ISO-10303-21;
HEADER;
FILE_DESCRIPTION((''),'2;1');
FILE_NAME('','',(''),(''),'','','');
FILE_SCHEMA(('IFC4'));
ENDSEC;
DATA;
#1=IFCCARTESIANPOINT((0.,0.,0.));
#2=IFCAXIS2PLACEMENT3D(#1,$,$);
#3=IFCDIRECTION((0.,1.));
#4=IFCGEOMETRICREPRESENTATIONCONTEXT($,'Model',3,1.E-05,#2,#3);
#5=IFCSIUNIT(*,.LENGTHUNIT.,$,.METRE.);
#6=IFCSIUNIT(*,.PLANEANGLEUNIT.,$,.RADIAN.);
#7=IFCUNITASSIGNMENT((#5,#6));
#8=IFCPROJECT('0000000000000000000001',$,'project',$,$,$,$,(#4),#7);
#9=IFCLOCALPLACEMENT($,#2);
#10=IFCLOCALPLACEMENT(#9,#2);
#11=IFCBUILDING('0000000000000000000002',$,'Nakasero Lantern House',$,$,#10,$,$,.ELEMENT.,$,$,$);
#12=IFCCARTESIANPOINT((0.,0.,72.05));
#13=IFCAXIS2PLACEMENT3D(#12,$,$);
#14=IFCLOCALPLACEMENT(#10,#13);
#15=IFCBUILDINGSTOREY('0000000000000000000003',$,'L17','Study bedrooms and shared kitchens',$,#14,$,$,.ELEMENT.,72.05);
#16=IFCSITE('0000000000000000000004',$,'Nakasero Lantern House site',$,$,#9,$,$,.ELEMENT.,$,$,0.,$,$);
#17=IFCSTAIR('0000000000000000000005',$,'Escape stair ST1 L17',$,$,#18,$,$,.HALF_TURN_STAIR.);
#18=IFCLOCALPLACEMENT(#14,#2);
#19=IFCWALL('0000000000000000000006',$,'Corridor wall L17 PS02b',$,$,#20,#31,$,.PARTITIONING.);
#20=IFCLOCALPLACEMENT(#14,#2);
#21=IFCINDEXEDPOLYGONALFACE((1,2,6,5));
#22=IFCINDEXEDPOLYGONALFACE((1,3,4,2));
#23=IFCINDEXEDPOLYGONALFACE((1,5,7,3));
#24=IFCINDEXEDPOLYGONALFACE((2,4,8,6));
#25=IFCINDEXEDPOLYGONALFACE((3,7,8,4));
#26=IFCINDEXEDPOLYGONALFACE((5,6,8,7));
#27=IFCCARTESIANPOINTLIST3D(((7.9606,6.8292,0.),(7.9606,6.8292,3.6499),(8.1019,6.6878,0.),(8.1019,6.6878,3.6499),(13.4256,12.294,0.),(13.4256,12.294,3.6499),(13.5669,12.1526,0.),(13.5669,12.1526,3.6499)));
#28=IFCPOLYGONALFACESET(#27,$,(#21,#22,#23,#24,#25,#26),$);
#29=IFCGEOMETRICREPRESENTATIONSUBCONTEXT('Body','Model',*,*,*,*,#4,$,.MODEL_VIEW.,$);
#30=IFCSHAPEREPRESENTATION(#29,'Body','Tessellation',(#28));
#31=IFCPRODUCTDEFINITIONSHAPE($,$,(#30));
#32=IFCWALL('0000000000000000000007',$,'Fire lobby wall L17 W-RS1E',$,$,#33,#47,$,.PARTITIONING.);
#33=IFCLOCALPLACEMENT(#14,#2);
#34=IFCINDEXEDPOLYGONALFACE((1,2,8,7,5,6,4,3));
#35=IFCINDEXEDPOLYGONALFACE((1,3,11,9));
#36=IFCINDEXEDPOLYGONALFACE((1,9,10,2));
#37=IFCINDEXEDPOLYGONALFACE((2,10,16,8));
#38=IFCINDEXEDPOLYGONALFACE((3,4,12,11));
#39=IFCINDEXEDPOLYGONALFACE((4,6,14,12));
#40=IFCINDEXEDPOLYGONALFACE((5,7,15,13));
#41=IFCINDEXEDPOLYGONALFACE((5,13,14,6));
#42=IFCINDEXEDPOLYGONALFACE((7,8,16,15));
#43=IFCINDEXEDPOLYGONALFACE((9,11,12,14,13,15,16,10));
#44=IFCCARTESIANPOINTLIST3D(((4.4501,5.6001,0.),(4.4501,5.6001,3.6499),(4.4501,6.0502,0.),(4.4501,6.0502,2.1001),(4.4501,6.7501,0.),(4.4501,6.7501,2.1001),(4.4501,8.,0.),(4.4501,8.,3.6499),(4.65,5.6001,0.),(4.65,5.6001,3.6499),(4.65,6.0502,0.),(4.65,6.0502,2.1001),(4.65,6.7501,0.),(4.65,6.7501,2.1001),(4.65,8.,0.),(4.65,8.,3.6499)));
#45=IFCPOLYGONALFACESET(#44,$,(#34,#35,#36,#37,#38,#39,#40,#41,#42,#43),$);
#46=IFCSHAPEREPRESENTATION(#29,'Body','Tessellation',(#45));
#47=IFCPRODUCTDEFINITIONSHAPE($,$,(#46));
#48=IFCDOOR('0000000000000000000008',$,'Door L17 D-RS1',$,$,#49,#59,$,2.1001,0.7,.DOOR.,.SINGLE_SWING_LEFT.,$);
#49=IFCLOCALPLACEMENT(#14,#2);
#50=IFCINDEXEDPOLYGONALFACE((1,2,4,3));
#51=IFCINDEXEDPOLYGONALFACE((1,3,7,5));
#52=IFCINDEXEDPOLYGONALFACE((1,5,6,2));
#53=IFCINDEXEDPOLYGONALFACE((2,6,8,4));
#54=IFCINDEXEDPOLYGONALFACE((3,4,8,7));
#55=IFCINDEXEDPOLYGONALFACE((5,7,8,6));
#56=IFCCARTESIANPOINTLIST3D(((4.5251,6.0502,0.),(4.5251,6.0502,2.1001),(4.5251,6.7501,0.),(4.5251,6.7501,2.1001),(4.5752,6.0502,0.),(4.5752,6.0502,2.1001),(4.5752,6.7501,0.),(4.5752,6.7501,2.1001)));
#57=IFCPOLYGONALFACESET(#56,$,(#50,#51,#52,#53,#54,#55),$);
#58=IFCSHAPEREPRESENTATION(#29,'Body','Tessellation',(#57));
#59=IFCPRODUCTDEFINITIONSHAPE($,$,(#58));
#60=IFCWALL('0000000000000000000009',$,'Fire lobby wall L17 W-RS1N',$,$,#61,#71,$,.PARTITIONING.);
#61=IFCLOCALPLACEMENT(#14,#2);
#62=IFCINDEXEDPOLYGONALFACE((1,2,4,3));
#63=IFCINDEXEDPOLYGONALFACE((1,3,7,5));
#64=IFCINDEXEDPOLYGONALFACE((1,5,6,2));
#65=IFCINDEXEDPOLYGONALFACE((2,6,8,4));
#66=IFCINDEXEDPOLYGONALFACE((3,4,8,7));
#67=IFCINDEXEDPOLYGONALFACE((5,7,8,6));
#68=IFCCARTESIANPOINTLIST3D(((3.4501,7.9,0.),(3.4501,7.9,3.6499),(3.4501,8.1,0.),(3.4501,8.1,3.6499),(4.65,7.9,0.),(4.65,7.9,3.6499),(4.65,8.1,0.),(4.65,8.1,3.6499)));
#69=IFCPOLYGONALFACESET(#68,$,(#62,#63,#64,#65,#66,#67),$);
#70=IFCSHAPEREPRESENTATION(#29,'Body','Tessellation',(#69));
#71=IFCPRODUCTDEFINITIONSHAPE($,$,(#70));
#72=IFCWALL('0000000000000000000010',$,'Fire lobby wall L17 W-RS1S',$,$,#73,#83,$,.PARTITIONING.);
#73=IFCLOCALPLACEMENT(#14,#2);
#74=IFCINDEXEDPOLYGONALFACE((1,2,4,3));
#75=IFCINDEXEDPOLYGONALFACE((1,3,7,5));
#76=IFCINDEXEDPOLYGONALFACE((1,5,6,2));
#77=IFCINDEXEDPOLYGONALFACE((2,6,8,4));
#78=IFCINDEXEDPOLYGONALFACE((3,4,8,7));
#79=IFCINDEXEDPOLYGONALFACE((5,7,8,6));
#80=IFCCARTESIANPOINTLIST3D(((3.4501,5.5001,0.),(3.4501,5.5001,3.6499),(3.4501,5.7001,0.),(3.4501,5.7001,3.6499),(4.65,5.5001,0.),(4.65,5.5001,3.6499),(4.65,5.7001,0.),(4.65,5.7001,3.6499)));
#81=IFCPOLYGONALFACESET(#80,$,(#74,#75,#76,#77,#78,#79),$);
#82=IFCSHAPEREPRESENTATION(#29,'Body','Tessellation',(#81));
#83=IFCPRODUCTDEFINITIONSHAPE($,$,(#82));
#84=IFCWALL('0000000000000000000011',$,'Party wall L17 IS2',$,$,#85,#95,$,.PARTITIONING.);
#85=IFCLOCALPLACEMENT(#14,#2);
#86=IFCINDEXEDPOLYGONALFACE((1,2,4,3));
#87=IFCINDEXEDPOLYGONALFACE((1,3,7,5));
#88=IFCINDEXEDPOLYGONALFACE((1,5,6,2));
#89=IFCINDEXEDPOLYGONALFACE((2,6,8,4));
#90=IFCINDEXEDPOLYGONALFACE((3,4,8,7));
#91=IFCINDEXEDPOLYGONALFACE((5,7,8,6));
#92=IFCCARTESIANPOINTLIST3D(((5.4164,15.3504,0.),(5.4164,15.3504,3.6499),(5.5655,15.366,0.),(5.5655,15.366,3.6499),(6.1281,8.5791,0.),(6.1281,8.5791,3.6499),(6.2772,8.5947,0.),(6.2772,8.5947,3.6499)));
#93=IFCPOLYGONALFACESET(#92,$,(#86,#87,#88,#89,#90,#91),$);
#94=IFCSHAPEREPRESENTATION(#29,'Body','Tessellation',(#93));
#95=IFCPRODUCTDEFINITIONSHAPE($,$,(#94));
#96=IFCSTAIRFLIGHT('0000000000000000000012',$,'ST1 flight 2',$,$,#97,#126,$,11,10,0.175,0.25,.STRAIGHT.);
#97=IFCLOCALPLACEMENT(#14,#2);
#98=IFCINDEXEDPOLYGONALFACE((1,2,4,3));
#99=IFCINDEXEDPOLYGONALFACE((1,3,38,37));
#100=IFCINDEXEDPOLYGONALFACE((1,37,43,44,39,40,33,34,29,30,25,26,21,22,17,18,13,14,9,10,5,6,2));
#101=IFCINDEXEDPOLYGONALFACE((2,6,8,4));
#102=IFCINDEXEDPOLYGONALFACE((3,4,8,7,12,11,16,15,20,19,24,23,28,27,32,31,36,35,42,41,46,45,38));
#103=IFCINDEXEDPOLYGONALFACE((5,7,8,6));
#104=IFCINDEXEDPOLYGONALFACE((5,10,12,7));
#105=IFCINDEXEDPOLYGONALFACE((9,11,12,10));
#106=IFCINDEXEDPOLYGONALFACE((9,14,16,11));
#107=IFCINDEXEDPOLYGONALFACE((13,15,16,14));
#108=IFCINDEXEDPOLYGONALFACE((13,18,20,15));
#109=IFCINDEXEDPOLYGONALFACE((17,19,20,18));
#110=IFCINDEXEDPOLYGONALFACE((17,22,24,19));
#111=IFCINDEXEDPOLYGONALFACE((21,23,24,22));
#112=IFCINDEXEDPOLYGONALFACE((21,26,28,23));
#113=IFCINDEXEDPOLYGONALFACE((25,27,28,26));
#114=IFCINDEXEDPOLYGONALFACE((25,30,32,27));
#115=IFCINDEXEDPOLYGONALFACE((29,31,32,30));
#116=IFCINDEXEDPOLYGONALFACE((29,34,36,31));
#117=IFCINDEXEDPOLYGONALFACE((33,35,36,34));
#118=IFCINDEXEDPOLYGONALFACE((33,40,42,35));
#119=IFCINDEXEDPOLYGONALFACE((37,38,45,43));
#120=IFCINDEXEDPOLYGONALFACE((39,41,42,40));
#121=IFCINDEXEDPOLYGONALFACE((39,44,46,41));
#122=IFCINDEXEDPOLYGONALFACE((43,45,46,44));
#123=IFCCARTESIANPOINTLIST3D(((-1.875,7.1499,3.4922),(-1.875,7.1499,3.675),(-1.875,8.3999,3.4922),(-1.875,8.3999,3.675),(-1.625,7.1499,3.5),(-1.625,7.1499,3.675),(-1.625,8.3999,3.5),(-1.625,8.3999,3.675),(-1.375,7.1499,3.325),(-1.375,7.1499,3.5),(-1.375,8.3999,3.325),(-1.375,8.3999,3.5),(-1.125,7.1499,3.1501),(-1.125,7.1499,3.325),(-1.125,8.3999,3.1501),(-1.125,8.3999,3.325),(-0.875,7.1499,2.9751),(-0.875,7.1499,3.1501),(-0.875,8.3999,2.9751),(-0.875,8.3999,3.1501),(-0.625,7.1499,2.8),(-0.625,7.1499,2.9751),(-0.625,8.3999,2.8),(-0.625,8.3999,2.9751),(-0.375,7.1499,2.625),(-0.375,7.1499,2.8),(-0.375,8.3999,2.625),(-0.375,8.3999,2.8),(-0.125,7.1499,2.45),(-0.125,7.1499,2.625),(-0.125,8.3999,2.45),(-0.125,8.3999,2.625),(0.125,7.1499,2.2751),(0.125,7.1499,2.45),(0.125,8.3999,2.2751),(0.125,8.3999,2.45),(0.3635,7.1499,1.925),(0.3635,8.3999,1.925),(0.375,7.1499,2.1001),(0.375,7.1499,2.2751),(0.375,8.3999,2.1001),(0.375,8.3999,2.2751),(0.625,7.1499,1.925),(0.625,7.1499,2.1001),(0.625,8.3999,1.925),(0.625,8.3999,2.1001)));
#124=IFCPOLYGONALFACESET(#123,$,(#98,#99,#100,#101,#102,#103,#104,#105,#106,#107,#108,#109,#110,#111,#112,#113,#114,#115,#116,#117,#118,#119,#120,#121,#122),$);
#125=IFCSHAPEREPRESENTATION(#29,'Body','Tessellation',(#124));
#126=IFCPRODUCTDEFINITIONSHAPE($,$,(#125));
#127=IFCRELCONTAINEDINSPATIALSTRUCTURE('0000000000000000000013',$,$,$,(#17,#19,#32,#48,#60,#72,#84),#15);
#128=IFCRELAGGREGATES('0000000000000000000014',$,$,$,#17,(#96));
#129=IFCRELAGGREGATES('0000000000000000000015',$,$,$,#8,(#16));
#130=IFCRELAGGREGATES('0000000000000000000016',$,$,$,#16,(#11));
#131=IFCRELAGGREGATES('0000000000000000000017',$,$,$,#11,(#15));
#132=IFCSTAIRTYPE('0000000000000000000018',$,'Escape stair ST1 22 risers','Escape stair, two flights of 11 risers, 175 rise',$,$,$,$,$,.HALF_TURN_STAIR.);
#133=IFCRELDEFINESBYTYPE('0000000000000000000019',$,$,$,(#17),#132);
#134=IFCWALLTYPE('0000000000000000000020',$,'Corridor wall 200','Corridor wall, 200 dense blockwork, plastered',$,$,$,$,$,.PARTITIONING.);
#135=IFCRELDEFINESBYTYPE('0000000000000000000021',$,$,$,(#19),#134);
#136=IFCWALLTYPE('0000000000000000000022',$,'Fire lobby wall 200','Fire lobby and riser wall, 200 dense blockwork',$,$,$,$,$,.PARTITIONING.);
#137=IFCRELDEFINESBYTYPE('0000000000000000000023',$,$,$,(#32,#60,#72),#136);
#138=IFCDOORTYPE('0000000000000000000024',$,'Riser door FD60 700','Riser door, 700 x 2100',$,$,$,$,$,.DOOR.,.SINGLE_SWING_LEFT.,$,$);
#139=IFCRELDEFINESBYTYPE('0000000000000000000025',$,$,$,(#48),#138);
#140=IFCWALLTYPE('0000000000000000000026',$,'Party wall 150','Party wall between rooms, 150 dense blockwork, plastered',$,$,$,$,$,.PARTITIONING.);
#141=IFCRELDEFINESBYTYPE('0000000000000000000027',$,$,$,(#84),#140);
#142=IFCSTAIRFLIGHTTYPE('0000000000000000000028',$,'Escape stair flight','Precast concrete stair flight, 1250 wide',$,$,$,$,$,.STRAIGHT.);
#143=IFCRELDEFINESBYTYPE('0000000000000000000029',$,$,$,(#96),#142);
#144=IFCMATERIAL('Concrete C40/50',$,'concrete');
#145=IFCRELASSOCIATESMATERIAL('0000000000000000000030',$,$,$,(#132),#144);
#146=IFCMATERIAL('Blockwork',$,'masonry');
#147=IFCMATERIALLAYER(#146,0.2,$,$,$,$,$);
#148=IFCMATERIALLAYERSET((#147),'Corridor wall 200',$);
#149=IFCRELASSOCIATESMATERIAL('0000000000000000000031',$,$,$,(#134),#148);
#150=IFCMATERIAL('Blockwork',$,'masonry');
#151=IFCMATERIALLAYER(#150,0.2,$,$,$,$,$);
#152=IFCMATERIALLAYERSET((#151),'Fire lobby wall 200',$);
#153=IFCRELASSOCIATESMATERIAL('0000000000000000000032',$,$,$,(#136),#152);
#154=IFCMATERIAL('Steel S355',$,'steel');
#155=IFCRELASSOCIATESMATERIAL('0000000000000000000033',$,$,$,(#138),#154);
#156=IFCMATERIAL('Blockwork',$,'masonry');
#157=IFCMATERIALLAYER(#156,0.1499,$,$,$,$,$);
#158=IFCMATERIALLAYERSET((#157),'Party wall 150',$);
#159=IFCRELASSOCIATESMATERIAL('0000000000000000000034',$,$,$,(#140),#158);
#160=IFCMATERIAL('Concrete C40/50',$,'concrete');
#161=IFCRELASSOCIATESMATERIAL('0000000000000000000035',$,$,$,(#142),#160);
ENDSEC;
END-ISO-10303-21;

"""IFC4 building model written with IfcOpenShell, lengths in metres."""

from ifc_helpers import new_model, si_unit, direction, frame, frame_2d, origin, place, context, subcontext, project, spatial, polyline, rectangle, outline, extrude, material, layer, layer_set, type_object, element, fill, aggregate, save


model = new_model("IFC4")

# Units and contexts
model_context = context("Model", 3, precision=1e-05, world=origin(), true_north=direction((0.0, 1.0)))
body_context = subcontext(model_context, "Body", "Model", "MODEL_VIEW")
ifc_project = project(units=[si_unit("LENGTHUNIT", "METRE"), si_unit("PLANEANGLEUNIT", "RADIAN")], contexts=[model_context])

# Site, building, storey
site_placement = place(None, origin())
site = spatial("IfcSite", under=ifc_project, at=site_placement, Name="Nakasero Lantern House site", CompositionType="ELEMENT", RefElevation=0.0)
building_placement = place(site_placement, origin())
building = spatial("IfcBuilding", under=site, at=building_placement, Name="Nakasero Lantern House", CompositionType="ELEMENT")
storey_placement = place(building_placement, frame((0.0, 0.0, 72.05)))
storey = spatial("IfcBuildingStorey", under=building, at=storey_placement, Name="L17", Description="Study bedrooms and shared kitchens", CompositionType="ELEMENT", Elevation=72.05)

# Stair
ifc_material_1 = material(Name="Concrete C40/50", Category="concrete")
stair_type_1 = type_object("IfcStairType", Name="Escape stair ST1 22 risers", Description="Escape stair, two flights of 11 risers, 175 rise", PredefinedType="HALF_TURN_STAIR", material=ifc_material_1)
stair_1_placement = place(storey_placement, origin())
stair_1 = element("IfcStair", 1, at=stair_1_placement, inside=storey, type_object=stair_type_1, Name="Escape stair ST1 L17", PredefinedType="HALF_TURN_STAIR")

# Wall
ifc_material_2 = material(Name="Blockwork", Category="masonry")
ifc_layer_1 = layer(ifc_material_2, 0.2)
ifc_layer_set_1 = layer_set([ifc_layer_1], Name="Corridor wall 200")
wall_type_1 = type_object("IfcWallType", Name="Corridor wall 200", Description="Corridor wall, 200 dense blockwork, plastered", PredefinedType="PARTITIONING", material=ifc_layer_set_1)
wall_1_placement = place(storey_placement, frame((8.0312, 6.7585, 0.0), z_axis=(0.0, 0.0, 1.0), x_axis=(0.707123, 0.707091, 0.0)))
element("IfcWall", 2, at=wall_1_placement, inside=storey, type_object=wall_type_1, Name="Corridor wall L17 PS02b", PredefinedType="PARTITIONING", context=body_context, shape_type="SweptSolid", body=[
    extrude(rectangle(XDim=7.7285, YDim=0.2, at=frame_2d((3.8643, 0.0))), origin(), (0.0, 0.0, 1.0), 3.6499),
])

# Wall, opening, door
ifc_material_3 = material(Name="Blockwork", Category="masonry")
ifc_layer_2 = layer(ifc_material_3, 0.2)
ifc_layer_set_2 = layer_set([ifc_layer_2], Name="Fire lobby wall 200")
wall_type_2 = type_object("IfcWallType", Name="Fire lobby wall 200", Description="Fire lobby and riser wall, 200 dense blockwork", PredefinedType="PARTITIONING", material=ifc_layer_set_2)
wall_2_placement = place(storey_placement, frame((4.55, 5.6001, 0.0), z_axis=(0.0, 0.0, 1.0), x_axis=(0.0, 1.0, 0.0)))
wall_2 = element("IfcWall", 3, at=wall_2_placement, inside=storey, type_object=wall_type_2, Name="Fire lobby wall L17 W-RS1E", PredefinedType="PARTITIONING", context=body_context, shape_type="SweptSolid", body=[
    extrude(rectangle(XDim=2.3999, YDim=0.2, at=frame_2d((1.2, 0.0))), origin(), (0.0, 0.0, 1.0), 3.6499),
])
opening_1_placement = place(wall_2_placement, frame((0.45, 0.0, 0.0)))
opening_1 = element("IfcOpeningElement", 4, at=opening_1_placement, cuts=wall_2, PredefinedType="OPENING", context=body_context, shape_type="SweptSolid", body=[
    extrude(rectangle(XDim=0.7, YDim=2.1001, at=frame_2d((0.3501, 1.05))), frame((0.0, 0.1199, 0.0), z_axis=(0.0, -1.0, 0.0), x_axis=(1.0, 0.0, 0.0)), (0.0, 0.0, 1.0), 0.24),
])
ifc_material_4 = material(Name="Steel S355", Category="steel")
door_type_1 = type_object("IfcDoorType", Name="Riser door FD60 700", Description="Riser door, 700 x 2100", OperationType="SINGLE_SWING_LEFT", PredefinedType="DOOR", material=ifc_material_4)
door_1_placement = place(opening_1_placement, origin())
door_1 = element("IfcDoor", 5, at=door_1_placement, inside=storey, type_object=door_type_1, Name="Door L17 D-RS1", OperationType="SINGLE_SWING_LEFT", OverallHeight=2.1001, OverallWidth=0.7, PredefinedType="DOOR", context=body_context, shape_type="SweptSolid", body=[
    extrude(rectangle(XDim=0.7, YDim=2.1001, at=frame_2d((0.3501, 1.05))), frame((0.0, 0.0249, 0.0), z_axis=(0.0, -1.0, 0.0), x_axis=(1.0, 0.0, 0.0)), (0.0, 0.0, 1.0), 0.05),
])
fill(opening_1, door_1)

# Walls
for number, where, z_axis, x_axis, name in (
    (6, (3.45, 8.0, 0.0), (0.0, 0.0, 1.0), (1.0, 0.0, 0.0), "Fire lobby wall L17 W-RS1N"),
    (7, (3.45, 5.6001, 0.0), (0.0, 0.0, 1.0), (1.0, 0.0, 0.0), "Fire lobby wall L17 W-RS1S"),
):
    element("IfcWall", number, at=place(storey_placement, frame(where, z_axis=z_axis, x_axis=x_axis)), inside=storey, type_object=wall_type_2, Name=name, PredefinedType="PARTITIONING", context=body_context, shape_type="SweptSolid", body=[
        extrude(rectangle(XDim=1.2, YDim=0.2, at=frame_2d((0.6001, 0.0))), origin(), (0.0, 0.0, 1.0), 3.6499),
    ])
ifc_material_5 = material(Name="Blockwork", Category="masonry")
ifc_layer_3 = layer(ifc_material_5, 0.1499)
ifc_layer_set_3 = layer_set([ifc_layer_3], Name="Party wall 150")
wall_type_3 = type_object("IfcWallType", Name="Party wall 150", Description="Party wall between rooms, 150 dense blockwork, plastered", PredefinedType="PARTITIONING", material=ifc_layer_set_3)
wall_3_placement = place(storey_placement, frame((6.2026, 8.5869, 0.0), z_axis=(0.0, 0.0, 1.0), x_axis=(-0.104526, 0.994522, 0.0)))
element("IfcWall", 8, at=wall_3_placement, inside=storey, type_object=wall_type_3, Name="Party wall L17 IS2", PredefinedType="PARTITIONING", context=body_context, shape_type="SweptSolid", body=[
    extrude(rectangle(XDim=6.8086, YDim=0.1499, at=frame_2d((3.4043, 0.0))), origin(), (0.0, 0.0, 1.0), 3.6499),
])

# Stair flight
ifc_material_6 = material(Name="Concrete C40/50", Category="concrete")
stair_flight_type = type_object("IfcStairFlightType", Name="Escape stair flight", Description="Precast concrete stair flight, 1250 wide", PredefinedType="STRAIGHT", material=ifc_material_6)
stair_flight_placement = place(storey_placement, frame((0.625, 7.7749, 1.925), z_axis=(0.0, 0.0, 1.0), x_axis=(-1.0, 0.0, 0.0)))
stair_flight = element("IfcStairFlight", 9, at=stair_flight_placement, type_object=stair_flight_type, Name="ST1 flight 2", NumberOfRisers=11, NumberOfTreads=10, PredefinedType="STRAIGHT", RiserHeight=0.175, TreadLength=0.25, context=body_context, shape_type="SweptSolid", body=[
    extrude(outline(polyline([(0.0, 0.0), (0.0, 0.175), (0.25, 0.175), (0.25, 0.3501), (0.5, 0.3501), (0.5, 0.5249), (0.75, 0.5249), (0.75, 0.7), (1.0, 0.7), (1.0, 0.875), (1.25, 0.875), (1.25, 1.05), (1.5, 1.05), (1.5, 1.2251), (1.75, 1.2251), (1.75, 1.3999), (2.0, 1.3999), (2.0, 1.575), (2.25, 1.575), (2.25, 1.75), (2.5, 1.75), (2.5, 1.925), (2.5, 1.5671), (0.2615, 0.0), (0.0, 0.0)])), frame((0.0, 0.625, 0.0), z_axis=(0.0, -1.0, 0.0), x_axis=(1.0, 0.0, 0.0)), (0.0, 0.0, 1.0), 1.25),
])
aggregate(stair_1, [stair_flight])

save(model, "model.ifc")
